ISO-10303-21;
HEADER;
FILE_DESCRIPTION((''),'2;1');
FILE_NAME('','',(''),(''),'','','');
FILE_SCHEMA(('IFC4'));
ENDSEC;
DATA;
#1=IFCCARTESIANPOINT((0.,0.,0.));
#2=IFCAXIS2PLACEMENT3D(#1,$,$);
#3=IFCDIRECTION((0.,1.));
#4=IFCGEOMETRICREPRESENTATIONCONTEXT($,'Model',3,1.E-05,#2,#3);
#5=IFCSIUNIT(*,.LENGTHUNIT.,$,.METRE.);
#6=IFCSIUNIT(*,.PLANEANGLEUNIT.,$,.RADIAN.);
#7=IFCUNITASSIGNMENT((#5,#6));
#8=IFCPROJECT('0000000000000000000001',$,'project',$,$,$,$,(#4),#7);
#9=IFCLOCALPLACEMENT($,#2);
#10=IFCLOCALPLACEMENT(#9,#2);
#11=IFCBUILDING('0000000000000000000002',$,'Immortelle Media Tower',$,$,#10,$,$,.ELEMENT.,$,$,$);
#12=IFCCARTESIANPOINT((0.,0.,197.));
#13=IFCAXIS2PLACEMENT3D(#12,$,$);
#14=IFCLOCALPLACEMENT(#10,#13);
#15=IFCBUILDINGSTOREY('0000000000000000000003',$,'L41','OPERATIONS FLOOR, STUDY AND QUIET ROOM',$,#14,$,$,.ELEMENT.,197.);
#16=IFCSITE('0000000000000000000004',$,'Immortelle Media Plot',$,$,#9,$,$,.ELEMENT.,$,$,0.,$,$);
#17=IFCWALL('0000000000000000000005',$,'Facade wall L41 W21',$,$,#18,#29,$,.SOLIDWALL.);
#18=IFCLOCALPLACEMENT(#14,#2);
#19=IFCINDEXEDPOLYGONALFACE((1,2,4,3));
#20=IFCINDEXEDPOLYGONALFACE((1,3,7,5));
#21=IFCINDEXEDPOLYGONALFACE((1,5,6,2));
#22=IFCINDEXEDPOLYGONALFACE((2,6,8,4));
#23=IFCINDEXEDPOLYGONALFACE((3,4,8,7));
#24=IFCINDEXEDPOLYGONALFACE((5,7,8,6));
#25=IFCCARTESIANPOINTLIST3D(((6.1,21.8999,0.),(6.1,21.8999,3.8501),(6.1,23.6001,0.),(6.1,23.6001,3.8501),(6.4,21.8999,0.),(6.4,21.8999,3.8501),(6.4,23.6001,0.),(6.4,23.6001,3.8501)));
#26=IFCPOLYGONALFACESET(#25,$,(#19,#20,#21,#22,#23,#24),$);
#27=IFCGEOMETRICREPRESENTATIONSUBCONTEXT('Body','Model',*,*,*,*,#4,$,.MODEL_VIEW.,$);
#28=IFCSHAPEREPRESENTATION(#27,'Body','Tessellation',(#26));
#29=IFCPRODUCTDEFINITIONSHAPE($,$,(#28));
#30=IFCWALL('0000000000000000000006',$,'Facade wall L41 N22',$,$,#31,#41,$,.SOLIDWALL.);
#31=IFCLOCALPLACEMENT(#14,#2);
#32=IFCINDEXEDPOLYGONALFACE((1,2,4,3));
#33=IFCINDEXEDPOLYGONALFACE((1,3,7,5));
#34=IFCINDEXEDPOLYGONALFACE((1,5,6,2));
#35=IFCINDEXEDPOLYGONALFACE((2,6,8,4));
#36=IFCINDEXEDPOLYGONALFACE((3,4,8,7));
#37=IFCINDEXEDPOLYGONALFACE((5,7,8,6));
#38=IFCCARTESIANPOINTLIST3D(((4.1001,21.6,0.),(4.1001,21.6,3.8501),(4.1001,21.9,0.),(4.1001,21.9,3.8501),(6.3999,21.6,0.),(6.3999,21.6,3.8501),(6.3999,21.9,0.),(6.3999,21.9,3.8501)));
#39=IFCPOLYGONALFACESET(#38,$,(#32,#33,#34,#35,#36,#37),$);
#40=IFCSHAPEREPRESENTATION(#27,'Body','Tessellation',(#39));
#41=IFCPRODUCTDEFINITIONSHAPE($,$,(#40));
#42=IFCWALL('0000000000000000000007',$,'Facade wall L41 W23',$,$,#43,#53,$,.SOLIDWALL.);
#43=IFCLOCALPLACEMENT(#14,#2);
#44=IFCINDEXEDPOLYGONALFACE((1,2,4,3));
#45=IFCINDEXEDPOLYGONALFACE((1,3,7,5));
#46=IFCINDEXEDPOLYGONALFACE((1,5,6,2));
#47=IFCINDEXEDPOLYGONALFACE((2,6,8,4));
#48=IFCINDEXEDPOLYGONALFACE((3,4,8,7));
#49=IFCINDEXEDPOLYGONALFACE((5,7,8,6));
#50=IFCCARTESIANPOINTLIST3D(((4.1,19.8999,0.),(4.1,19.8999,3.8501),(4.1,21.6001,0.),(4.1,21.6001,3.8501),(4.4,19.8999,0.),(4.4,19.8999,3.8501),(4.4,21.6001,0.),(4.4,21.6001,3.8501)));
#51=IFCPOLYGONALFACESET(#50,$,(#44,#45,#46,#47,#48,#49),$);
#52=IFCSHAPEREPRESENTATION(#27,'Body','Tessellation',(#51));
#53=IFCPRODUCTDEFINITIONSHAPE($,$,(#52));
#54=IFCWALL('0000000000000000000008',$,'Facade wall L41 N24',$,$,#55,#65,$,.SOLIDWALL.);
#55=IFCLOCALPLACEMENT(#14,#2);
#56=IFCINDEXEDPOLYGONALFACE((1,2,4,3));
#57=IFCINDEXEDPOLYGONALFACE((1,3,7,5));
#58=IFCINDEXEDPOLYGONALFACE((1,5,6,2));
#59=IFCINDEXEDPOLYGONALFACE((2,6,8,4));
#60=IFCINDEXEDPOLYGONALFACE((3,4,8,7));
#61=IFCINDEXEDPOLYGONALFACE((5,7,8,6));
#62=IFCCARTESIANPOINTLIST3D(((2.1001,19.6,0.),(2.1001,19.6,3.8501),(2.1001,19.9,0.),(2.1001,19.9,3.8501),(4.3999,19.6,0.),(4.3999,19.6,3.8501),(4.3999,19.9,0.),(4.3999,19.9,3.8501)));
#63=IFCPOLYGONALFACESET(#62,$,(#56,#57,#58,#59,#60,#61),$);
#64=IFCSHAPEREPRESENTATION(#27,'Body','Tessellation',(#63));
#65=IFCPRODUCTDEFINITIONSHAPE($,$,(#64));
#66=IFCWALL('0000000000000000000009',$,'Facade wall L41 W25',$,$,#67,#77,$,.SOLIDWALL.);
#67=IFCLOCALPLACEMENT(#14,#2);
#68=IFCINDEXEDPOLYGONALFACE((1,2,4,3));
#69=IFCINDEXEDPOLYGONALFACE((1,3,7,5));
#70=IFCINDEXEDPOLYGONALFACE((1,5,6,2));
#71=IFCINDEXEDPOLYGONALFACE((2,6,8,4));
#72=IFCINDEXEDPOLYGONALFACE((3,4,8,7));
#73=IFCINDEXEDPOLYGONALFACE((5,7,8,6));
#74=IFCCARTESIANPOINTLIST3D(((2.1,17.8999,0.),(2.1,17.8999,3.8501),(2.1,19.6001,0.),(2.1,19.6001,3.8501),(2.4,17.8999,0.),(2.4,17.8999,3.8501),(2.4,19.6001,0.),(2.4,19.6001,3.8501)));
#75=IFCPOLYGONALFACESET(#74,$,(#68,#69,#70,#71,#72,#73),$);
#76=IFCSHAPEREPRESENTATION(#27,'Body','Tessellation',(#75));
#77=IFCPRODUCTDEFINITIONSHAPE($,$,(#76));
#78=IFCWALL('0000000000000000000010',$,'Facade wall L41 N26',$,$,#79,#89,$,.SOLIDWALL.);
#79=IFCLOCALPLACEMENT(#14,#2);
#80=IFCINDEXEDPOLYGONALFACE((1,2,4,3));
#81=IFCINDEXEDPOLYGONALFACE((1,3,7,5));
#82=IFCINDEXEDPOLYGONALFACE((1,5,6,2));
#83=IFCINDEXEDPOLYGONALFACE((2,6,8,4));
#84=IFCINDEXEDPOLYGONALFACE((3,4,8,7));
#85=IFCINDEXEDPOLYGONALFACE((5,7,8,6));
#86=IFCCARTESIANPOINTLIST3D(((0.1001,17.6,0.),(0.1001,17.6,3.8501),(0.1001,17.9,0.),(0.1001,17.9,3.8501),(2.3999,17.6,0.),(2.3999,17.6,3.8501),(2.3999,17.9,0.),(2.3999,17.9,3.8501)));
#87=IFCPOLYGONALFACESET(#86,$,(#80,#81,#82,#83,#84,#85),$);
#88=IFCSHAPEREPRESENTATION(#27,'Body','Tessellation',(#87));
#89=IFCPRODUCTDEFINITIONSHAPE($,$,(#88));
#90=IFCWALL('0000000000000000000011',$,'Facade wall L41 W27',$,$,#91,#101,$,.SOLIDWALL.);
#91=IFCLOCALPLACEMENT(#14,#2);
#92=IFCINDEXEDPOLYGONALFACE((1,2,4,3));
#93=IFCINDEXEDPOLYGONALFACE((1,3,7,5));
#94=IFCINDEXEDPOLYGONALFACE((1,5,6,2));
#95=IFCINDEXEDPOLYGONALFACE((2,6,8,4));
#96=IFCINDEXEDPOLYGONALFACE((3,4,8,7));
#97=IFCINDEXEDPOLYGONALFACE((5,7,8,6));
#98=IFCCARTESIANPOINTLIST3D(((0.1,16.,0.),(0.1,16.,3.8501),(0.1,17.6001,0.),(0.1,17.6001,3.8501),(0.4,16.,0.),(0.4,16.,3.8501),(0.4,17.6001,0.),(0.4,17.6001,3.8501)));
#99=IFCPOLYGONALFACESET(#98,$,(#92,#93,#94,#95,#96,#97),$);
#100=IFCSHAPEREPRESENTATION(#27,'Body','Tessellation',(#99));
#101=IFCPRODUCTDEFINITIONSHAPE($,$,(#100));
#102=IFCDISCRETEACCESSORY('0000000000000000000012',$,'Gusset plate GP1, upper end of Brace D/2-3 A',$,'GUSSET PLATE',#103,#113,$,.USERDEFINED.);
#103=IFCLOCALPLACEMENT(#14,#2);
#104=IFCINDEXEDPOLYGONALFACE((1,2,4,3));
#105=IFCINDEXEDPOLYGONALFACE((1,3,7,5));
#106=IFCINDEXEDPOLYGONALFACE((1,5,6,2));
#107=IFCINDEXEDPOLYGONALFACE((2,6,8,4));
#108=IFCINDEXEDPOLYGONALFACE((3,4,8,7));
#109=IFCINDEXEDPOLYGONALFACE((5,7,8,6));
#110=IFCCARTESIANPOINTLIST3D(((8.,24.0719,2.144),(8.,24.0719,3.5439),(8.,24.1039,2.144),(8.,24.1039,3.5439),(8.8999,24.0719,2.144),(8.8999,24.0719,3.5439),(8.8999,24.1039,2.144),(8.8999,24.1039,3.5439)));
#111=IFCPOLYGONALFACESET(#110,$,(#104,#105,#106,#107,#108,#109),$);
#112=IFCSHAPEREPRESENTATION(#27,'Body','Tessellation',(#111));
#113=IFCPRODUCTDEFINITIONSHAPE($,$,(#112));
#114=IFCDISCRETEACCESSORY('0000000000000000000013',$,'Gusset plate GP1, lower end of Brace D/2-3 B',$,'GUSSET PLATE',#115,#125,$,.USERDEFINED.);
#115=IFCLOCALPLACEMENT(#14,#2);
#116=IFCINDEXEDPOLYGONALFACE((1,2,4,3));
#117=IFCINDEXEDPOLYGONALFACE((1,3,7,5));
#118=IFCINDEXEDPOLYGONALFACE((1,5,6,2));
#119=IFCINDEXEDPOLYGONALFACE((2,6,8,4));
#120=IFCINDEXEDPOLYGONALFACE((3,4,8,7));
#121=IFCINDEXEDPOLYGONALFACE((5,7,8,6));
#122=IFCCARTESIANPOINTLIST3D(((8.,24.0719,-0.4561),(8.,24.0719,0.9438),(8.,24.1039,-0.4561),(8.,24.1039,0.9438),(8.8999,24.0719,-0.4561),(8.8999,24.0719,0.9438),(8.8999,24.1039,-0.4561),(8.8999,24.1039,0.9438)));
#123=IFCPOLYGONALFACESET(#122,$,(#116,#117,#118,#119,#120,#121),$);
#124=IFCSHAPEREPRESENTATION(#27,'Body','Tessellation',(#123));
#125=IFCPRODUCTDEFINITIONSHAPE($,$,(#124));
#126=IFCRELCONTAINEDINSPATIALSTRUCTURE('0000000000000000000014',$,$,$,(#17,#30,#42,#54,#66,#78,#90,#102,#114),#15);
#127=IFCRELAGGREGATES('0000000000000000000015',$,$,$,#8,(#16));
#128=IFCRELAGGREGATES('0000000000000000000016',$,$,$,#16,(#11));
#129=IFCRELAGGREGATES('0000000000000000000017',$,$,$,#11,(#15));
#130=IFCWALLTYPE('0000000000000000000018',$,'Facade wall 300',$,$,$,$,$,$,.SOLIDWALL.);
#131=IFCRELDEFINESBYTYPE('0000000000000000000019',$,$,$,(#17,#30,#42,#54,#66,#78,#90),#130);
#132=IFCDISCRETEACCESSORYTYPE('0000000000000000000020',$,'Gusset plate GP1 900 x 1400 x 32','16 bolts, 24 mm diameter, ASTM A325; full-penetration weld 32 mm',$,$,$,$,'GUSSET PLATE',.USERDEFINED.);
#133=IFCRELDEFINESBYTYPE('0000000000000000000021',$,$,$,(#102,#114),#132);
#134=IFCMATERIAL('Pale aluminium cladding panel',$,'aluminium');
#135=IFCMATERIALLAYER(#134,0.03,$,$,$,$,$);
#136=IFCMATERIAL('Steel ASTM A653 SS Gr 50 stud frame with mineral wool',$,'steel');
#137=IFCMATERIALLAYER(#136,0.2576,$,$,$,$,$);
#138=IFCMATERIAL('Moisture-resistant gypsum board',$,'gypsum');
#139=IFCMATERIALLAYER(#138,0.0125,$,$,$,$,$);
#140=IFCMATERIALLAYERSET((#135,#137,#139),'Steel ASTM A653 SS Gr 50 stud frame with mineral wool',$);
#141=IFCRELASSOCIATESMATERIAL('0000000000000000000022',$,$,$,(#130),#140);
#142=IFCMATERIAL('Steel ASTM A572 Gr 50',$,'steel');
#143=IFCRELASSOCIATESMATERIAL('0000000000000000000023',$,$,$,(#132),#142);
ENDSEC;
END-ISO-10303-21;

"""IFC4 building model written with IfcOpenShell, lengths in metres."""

from ifc_helpers import new_model, si_unit, direction, frame, frame_2d, origin, origin_2d, place, context, subcontext, project, spatial, rectangle, extrude, material, layer, layer_set, material_profile, profile_set, type_object, element, save


model = new_model("IFC4")

# Units and contexts
model_context = context("Model", 3, precision=1e-05, world=origin(), true_north=direction((0.0, 1.0)))
body_context = subcontext(model_context, "Body", "Model", "MODEL_VIEW")
ifc_project = project(units=[si_unit("LENGTHUNIT", "METRE"), si_unit("PLANEANGLEUNIT", "RADIAN")], contexts=[model_context])

# Site, building, storey
site_placement = place(None, origin())
site = spatial("IfcSite", under=ifc_project, at=site_placement, Name="Immortelle Media Plot", CompositionType="ELEMENT", RefElevation=0.0)
building_placement = place(site_placement, origin())
building = spatial("IfcBuilding", under=site, at=building_placement, Name="Immortelle Media Tower", CompositionType="ELEMENT")
storey_placement = place(building_placement, frame((0.0, 0.0, 197.0)))
storey = spatial("IfcBuildingStorey", under=building, at=storey_placement, Name="L41", Description="OPERATIONS FLOOR, STUDY AND QUIET ROOM", CompositionType="ELEMENT", Elevation=197.0)

# Walls
ifc_material_1 = material(Name="Pale aluminium cladding panel", Category="aluminium")
ifc_layer_1 = layer(ifc_material_1, 0.03)
ifc_material_2 = material(Name="Steel ASTM A653 SS Gr 50 stud frame with mineral wool", Category="steel")
ifc_layer_2 = layer(ifc_material_2, 0.2576)
ifc_material_3 = material(Name="Moisture-resistant gypsum board", Category="gypsum")
ifc_layer_3 = layer(ifc_material_3, 0.0125)
ifc_layer_set = layer_set([ifc_layer_1, ifc_layer_2, ifc_layer_3], Name="Steel ASTM A653 SS Gr 50 stud frame with mineral wool")
wall_type = type_object("IfcWallType", Name="Facade wall 300", PredefinedType="SOLIDWALL", material=ifc_layer_set)
wall_1_placement = place(storey_placement, frame((6.25, 23.6001, 0.0), z_axis=(0.0, 0.0, 1.0), x_axis=(0.0, -1.0, 0.0)))
element("IfcWall", 1, at=wall_1_placement, inside=storey, type_object=wall_type, Name="Facade wall L41 W21", PredefinedType="SOLIDWALL", context=body_context, shape_type="SweptSolid", body=[
    extrude(rectangle(XDim=1.7002, YDim=0.3, at=frame_2d((0.8501, 0.0))), origin(), (0.0, 0.0, 1.0), 3.8501),
])
wall_2_placement = place(storey_placement, frame((6.3999, 21.75, 0.0), z_axis=(0.0, 0.0, 1.0), x_axis=(-1.0, 0.0, 0.0)))
element("IfcWall", 2, at=wall_2_placement, inside=storey, type_object=wall_type, Name="Facade wall L41 N22", PredefinedType="SOLIDWALL", context=body_context, shape_type="SweptSolid", body=[
    extrude(rectangle(XDim=2.2998, YDim=0.3, at=frame_2d((1.1499, 0.0))), origin(), (0.0, 0.0, 1.0), 3.8501),
])
wall_3_placement = place(storey_placement, frame((4.25, 21.6001, 0.0), z_axis=(0.0, 0.0, 1.0), x_axis=(0.0, -1.0, 0.0)))
element("IfcWall", 3, at=wall_3_placement, inside=storey, type_object=wall_type, Name="Facade wall L41 W23", PredefinedType="SOLIDWALL", context=body_context, shape_type="SweptSolid", body=[
    extrude(rectangle(XDim=1.7002, YDim=0.3, at=frame_2d((0.8501, 0.0))), origin(), (0.0, 0.0, 1.0), 3.8501),
])
wall_4_placement = place(storey_placement, frame((4.3999, 19.75, 0.0), z_axis=(0.0, 0.0, 1.0), x_axis=(-1.0, 0.0, 0.0)))
element("IfcWall", 4, at=wall_4_placement, inside=storey, type_object=wall_type, Name="Facade wall L41 N24", PredefinedType="SOLIDWALL", context=body_context, shape_type="SweptSolid", body=[
    extrude(rectangle(XDim=2.2998, YDim=0.3, at=frame_2d((1.1499, 0.0))), origin(), (0.0, 0.0, 1.0), 3.8501),
])
wall_5_placement = place(storey_placement, frame((2.25, 19.6001, 0.0), z_axis=(0.0, 0.0, 1.0), x_axis=(0.0, -1.0, 0.0)))
element("IfcWall", 5, at=wall_5_placement, inside=storey, type_object=wall_type, Name="Facade wall L41 W25", PredefinedType="SOLIDWALL", context=body_context, shape_type="SweptSolid", body=[
    extrude(rectangle(XDim=1.7002, YDim=0.3, at=frame_2d((0.8501, 0.0))), origin(), (0.0, 0.0, 1.0), 3.8501),
])
wall_6_placement = place(storey_placement, frame((2.3999, 17.75, 0.0), z_axis=(0.0, 0.0, 1.0), x_axis=(-1.0, 0.0, 0.0)))
element("IfcWall", 6, at=wall_6_placement, inside=storey, type_object=wall_type, Name="Facade wall L41 N26", PredefinedType="SOLIDWALL", context=body_context, shape_type="SweptSolid", body=[
    extrude(rectangle(XDim=2.2998, YDim=0.3, at=frame_2d((1.1499, 0.0))), origin(), (0.0, 0.0, 1.0), 3.8501),
])
wall_7_placement = place(storey_placement, frame((0.25, 17.6001, 0.0), z_axis=(0.0, 0.0, 1.0), x_axis=(0.0, -1.0, 0.0)))
element("IfcWall", 7, at=wall_7_placement, inside=storey, type_object=wall_type, Name="Facade wall L41 W27", PredefinedType="SOLIDWALL", context=body_context, shape_type="SweptSolid", body=[
    extrude(rectangle(XDim=1.6001, YDim=0.3, at=frame_2d((0.8, 0.0))), origin(), (0.0, 0.0, 1.0), 3.8501),
])

# Discrete accessories
ifc_material_4 = material(Name="Steel ASTM A572 Gr 50", Category="steel")
ifc_material_profile_1 = material_profile(ifc_material_4, rectangle(XDim=0.032, YDim=1.3999, at=origin_2d()), Name="PL 32 x 1400")
ifc_profile_set_1 = profile_set([ifc_material_profile_1], Name="Steel ASTM A572 Gr 50")
discrete_accessory_type = type_object("IfcDiscreteAccessoryType", Name="Gusset plate GP1 900 x 1400 x 32", Description="16 bolts, 24 mm diameter, ASTM A325; full-penetration weld 32 mm", ElementType="GUSSET PLATE", PredefinedType="USERDEFINED", material=ifc_profile_set_1)
for number, where, z_axis, x_axis, name in (
    (8, (8.0, 24.0879, 2.844), (1.0, 0.0, 0.0), (0.0, 1.0, 0.0), "Gusset plate GP1, upper end of Brace D/2-3 A"),
    (9, (8.0, 24.0879, 0.2439), (1.0, 0.0, 0.0), (0.0, 1.0, 0.0), "Gusset plate GP1, lower end of Brace D/2-3 B"),
):
    element("IfcDiscreteAccessory", number, at=place(storey_placement, frame(where, z_axis=z_axis, x_axis=x_axis)), inside=storey, type_object=discrete_accessory_type, Name=name, ObjectType="GUSSET PLATE", PredefinedType="USERDEFINED", context=body_context, shape_type="SweptSolid", body=[
        extrude(rectangle(XDim=0.032, YDim=1.3999, at=origin_2d()), origin(), (0.0, 0.0, 1.0), 0.8999),
    ])

save(model, "model.ifc")
